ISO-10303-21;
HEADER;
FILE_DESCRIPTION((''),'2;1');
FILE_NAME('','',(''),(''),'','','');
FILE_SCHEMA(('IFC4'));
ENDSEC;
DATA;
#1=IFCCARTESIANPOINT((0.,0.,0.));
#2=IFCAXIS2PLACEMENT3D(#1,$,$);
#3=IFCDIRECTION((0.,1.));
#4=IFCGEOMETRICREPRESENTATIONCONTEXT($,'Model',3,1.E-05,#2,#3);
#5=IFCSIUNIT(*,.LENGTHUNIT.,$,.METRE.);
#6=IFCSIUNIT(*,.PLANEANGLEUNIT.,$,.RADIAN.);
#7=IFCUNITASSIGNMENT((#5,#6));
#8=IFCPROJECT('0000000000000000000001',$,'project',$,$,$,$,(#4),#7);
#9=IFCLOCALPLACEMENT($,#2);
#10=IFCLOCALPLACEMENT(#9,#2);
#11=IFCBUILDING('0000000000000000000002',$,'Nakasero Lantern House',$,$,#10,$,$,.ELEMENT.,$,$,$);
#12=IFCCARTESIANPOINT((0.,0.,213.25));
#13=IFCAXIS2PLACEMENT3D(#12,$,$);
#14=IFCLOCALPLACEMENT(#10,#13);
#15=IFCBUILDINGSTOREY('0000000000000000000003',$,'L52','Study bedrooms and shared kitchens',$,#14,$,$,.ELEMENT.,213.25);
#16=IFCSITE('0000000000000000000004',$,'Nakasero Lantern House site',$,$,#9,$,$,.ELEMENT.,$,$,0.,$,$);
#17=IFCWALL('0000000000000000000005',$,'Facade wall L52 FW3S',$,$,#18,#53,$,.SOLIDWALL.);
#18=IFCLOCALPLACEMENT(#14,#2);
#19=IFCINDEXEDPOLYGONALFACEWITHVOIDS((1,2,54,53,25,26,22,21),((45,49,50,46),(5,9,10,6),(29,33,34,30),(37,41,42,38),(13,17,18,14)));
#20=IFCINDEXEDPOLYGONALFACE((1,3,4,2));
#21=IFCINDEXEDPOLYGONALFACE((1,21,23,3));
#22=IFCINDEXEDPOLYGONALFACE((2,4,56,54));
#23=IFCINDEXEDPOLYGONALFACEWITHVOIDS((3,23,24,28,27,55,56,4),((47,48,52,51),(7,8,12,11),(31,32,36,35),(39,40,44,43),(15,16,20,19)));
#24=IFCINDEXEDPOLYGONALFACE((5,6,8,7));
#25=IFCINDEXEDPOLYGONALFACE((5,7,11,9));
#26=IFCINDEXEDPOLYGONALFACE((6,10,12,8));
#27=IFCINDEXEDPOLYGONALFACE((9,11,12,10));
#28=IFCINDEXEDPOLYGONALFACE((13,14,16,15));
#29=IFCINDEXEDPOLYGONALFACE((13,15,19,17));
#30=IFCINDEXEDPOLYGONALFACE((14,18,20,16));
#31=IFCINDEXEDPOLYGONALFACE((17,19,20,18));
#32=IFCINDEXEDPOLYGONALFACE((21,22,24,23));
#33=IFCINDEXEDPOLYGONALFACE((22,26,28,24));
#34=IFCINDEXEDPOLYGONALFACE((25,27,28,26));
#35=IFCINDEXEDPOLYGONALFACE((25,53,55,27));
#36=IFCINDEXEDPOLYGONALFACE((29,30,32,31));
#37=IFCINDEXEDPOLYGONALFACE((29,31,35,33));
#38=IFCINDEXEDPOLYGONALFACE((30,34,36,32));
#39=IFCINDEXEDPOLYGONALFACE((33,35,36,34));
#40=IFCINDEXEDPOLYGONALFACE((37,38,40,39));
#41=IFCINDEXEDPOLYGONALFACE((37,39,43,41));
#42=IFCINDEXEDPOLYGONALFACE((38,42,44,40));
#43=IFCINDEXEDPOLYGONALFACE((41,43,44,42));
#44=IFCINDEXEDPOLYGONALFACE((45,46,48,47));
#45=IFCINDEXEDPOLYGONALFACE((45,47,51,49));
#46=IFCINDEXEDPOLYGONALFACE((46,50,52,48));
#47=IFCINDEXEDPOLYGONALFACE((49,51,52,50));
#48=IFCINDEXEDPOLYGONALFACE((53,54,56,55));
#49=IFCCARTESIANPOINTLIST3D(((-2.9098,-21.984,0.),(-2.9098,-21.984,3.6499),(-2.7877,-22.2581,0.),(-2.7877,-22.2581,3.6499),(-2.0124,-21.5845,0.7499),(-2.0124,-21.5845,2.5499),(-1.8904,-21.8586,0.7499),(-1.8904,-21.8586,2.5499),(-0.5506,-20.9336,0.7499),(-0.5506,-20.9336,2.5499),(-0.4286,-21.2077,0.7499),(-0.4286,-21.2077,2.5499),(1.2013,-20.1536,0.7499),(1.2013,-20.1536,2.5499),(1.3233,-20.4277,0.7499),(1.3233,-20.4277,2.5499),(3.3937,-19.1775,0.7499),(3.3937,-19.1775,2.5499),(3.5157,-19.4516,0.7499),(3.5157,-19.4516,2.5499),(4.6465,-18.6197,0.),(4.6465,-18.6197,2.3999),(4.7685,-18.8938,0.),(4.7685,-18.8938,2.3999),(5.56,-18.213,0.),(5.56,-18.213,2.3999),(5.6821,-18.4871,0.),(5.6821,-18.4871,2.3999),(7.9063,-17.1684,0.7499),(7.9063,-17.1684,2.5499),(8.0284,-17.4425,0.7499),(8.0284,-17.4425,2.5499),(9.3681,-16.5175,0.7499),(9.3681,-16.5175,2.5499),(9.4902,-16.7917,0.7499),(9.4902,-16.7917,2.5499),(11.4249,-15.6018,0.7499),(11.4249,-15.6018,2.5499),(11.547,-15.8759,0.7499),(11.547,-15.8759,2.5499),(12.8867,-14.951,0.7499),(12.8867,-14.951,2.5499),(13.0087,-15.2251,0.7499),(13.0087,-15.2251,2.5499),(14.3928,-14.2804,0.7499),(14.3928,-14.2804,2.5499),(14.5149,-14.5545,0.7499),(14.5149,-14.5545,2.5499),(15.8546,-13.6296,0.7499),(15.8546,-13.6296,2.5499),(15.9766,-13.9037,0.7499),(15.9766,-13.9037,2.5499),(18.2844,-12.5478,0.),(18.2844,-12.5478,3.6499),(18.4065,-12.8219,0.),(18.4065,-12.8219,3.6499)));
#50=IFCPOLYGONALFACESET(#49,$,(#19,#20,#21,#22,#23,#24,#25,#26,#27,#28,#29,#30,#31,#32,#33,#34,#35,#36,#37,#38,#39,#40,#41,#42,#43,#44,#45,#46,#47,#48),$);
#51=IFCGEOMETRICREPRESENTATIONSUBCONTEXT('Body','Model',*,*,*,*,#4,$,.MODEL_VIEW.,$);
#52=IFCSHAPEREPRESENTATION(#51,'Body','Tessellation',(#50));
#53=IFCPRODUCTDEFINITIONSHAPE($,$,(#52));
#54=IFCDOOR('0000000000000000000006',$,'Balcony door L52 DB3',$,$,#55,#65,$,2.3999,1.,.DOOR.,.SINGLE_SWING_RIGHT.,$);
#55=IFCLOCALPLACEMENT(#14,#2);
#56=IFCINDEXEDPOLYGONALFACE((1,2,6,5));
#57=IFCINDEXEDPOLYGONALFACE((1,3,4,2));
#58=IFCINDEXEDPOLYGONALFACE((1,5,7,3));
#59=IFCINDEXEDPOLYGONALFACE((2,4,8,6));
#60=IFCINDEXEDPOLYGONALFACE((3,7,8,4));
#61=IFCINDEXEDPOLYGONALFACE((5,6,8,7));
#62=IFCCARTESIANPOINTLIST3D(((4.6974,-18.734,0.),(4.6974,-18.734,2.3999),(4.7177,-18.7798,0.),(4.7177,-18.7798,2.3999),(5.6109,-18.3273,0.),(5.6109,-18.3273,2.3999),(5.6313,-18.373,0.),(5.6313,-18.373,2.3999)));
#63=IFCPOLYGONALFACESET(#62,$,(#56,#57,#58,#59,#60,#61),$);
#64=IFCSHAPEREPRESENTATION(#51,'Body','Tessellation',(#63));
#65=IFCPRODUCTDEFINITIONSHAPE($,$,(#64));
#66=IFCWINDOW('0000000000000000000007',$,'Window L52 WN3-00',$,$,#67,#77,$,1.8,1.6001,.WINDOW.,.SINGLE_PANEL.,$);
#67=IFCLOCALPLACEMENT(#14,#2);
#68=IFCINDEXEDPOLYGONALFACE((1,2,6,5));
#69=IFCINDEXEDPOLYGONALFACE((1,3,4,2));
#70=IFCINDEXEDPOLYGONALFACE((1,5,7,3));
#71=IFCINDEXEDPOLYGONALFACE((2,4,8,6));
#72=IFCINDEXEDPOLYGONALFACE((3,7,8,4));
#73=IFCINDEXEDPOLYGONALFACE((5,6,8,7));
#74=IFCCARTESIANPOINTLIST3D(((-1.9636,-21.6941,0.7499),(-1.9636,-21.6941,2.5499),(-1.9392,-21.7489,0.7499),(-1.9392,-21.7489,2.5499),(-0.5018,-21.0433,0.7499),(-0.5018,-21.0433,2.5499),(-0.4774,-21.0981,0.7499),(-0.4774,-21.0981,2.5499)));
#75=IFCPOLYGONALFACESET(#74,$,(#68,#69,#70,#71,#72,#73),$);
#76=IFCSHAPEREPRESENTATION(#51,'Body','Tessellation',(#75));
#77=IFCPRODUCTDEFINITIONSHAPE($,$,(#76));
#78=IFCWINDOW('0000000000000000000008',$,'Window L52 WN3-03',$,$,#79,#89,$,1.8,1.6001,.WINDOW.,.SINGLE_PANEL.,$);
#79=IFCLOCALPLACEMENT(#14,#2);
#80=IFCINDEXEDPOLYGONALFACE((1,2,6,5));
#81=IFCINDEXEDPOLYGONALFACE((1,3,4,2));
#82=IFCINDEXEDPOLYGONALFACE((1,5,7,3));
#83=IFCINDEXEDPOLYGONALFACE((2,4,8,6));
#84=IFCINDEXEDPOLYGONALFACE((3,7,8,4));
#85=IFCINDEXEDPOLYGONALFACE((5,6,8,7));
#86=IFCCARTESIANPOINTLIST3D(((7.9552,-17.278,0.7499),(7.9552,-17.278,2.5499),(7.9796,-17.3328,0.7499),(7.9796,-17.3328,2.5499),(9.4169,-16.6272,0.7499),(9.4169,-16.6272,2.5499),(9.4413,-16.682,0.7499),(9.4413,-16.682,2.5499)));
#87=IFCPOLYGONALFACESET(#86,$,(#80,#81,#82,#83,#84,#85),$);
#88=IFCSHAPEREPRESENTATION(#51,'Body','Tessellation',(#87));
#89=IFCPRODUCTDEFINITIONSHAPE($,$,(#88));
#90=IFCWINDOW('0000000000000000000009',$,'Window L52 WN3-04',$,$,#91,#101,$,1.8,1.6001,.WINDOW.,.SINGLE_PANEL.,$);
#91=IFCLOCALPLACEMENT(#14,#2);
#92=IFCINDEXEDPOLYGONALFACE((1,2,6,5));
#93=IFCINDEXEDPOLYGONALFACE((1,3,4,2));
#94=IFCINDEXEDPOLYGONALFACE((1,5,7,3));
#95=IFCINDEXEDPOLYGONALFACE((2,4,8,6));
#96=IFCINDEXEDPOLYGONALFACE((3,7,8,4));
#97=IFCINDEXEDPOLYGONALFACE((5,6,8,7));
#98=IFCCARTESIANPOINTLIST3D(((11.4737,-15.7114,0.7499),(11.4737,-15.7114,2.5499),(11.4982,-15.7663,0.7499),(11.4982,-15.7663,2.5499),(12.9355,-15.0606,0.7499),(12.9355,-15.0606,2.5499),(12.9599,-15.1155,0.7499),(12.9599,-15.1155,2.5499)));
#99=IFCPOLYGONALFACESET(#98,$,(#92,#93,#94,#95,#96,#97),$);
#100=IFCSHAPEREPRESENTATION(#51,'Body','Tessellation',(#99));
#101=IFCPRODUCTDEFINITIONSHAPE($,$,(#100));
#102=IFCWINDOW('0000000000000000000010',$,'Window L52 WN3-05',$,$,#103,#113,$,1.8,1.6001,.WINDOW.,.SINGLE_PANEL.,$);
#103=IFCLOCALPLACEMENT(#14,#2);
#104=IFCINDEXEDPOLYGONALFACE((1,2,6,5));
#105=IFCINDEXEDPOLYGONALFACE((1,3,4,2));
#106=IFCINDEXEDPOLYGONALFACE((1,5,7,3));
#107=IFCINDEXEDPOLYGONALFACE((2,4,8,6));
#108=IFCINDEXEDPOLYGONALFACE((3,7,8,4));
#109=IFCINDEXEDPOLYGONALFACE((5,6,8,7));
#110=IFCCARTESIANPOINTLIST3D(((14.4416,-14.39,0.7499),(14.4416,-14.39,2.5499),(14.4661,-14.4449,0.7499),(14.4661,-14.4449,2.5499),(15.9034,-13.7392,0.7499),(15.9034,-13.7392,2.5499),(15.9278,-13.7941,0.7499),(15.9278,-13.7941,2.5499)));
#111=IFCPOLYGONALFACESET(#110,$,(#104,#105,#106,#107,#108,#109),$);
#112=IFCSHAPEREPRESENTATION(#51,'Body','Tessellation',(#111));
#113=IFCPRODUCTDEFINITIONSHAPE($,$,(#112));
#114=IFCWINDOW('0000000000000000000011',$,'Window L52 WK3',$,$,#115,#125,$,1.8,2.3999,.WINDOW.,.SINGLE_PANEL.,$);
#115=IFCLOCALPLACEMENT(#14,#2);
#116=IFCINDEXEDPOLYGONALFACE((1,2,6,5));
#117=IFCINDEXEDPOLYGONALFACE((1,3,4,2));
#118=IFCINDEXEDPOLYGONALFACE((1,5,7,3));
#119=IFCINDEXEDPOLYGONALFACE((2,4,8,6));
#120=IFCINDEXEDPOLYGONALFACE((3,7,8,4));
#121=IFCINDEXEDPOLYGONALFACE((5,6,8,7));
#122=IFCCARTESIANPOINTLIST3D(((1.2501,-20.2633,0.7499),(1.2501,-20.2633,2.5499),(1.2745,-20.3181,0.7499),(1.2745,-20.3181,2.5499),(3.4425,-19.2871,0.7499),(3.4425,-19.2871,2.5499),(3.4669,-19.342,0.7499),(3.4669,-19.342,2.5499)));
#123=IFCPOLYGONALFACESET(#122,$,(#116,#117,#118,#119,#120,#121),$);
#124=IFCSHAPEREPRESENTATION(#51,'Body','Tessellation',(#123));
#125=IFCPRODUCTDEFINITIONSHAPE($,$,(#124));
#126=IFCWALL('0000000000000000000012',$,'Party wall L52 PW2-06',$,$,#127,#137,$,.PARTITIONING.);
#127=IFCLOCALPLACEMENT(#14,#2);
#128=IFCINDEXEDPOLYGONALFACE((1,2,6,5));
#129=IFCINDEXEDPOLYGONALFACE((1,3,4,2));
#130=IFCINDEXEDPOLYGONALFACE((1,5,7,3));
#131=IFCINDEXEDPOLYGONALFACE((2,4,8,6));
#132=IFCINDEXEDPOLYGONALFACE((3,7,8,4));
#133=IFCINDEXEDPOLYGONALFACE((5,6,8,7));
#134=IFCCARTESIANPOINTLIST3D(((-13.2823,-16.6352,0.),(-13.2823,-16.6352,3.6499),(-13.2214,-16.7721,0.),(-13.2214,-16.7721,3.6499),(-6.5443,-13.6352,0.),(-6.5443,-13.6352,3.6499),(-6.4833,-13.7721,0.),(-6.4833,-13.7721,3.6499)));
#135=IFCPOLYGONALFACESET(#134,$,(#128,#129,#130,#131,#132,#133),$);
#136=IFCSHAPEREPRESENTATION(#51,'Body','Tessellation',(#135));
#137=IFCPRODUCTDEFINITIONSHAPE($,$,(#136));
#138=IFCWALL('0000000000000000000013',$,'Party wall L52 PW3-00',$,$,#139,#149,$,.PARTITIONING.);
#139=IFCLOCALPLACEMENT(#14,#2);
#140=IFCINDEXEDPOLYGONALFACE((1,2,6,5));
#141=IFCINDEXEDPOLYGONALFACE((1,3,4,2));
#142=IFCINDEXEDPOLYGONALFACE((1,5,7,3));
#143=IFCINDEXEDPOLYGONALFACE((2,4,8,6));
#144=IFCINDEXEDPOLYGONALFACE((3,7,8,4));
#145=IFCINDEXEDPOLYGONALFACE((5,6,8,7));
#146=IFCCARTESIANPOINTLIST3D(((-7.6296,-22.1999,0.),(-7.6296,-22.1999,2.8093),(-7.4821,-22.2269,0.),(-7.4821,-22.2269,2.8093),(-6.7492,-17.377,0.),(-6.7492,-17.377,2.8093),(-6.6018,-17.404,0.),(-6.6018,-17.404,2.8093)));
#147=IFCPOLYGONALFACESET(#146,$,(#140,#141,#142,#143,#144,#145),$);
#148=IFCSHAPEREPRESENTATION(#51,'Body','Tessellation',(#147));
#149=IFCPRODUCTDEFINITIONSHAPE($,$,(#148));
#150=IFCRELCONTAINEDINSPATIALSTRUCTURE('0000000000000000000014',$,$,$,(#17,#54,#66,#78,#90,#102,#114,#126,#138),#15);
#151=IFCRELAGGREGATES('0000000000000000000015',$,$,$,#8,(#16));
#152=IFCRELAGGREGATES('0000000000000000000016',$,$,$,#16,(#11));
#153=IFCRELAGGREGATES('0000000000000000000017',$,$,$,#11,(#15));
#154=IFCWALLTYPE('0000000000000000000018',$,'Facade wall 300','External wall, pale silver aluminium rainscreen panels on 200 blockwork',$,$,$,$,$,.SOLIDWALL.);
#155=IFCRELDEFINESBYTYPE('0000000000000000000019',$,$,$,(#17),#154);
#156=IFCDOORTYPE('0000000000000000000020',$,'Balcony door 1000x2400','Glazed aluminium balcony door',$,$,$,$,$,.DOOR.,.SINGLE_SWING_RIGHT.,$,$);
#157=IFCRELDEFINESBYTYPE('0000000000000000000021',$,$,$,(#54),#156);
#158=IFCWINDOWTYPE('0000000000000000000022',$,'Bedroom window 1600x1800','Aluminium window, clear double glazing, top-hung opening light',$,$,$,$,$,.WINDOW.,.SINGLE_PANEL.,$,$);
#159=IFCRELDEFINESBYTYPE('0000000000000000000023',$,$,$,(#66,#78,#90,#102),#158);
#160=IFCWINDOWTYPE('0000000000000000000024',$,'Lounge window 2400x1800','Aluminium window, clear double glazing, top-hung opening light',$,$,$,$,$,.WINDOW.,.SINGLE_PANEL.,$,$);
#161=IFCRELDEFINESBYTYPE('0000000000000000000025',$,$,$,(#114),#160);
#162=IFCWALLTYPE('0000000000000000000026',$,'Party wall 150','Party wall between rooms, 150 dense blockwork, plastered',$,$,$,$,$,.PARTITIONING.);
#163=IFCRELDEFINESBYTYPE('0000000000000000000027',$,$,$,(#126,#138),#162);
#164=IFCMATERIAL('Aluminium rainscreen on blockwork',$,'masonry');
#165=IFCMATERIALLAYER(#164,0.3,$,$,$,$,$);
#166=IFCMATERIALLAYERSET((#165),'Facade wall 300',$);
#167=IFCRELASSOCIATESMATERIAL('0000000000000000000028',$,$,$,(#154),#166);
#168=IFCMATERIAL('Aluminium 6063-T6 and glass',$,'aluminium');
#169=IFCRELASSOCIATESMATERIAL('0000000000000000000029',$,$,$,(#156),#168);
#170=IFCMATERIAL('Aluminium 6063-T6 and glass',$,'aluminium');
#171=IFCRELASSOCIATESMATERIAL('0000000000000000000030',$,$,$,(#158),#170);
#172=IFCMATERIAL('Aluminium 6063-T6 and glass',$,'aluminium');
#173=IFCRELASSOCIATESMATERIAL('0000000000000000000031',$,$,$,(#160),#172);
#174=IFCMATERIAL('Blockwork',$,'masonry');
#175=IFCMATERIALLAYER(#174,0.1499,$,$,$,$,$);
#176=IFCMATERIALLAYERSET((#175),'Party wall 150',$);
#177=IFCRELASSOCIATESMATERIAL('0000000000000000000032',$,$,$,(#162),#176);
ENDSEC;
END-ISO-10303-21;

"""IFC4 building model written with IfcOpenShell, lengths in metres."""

from ifc_helpers import new_model, si_unit, direction, frame, frame_2d, origin, place, context, subcontext, project, spatial, rectangle, extrude, material, layer, layer_set, type_object, element, fill, save


model = new_model("IFC4")

# Units and contexts
model_context = context("Model", 3, precision=1e-05, world=origin(), true_north=direction((0.0, 1.0)))
body_context = subcontext(model_context, "Body", "Model", "MODEL_VIEW")
ifc_project = project(units=[si_unit("LENGTHUNIT", "METRE"), si_unit("PLANEANGLEUNIT", "RADIAN")], contexts=[model_context])

# Site, building, storey
site_placement = place(None, origin())
site = spatial("IfcSite", under=ifc_project, at=site_placement, Name="Nakasero Lantern House site", CompositionType="ELEMENT", RefElevation=0.0)
building_placement = place(site_placement, origin())
building = spatial("IfcBuilding", under=site, at=building_placement, Name="Nakasero Lantern House", CompositionType="ELEMENT")
storey_placement = place(building_placement, frame((0.0, 0.0, 213.25)))
storey = spatial("IfcBuildingStorey", under=building, at=storey_placement, Name="L52", Description="Study bedrooms and shared kitchens", CompositionType="ELEMENT", Elevation=213.25)

# Shared definitions
ifc_material_1 = material(Name="Aluminium rainscreen on blockwork", Category="masonry")
ifc_layer_1 = layer(ifc_material_1, 0.3)
ifc_layer_set_1 = layer_set([ifc_layer_1], Name="Facade wall 300")
wall_type_1 = type_object("IfcWallType", Name="Facade wall 300", Description="External wall, pale silver aluminium rainscreen panels on 200 blockwork", PredefinedType="SOLIDWALL", material=ifc_layer_set_1)

# Wall, openings, door, windows
wall_1_placement = place(storey_placement, frame((-2.8489, -22.1211, 0.0), z_axis=(0.0, 0.0, 1.0), x_axis=(0.913546, 0.406735, 0.0)))
wall_1 = element("IfcWall", 1, at=wall_1_placement, inside=storey, type_object=wall_type_1, Name="Facade wall L52 FW3S", PredefinedType="SOLIDWALL", context=body_context, shape_type="SweptSolid", body=[
    extrude(rectangle(XDim=23.2, YDim=0.3, at=frame_2d((11.6001, 0.0))), origin(), (0.0, 0.0, 1.0), 3.6499),
])
opening_1_placement = place(wall_1_placement, frame((0.9824, 0.0, 0.75)))
opening_1 = element("IfcOpeningElement", 2, at=opening_1_placement, cuts=wall_1, PredefinedType="OPENING", context=body_context, shape_type="SweptSolid", body=[
    extrude(rectangle(XDim=1.6001, YDim=1.8, at=frame_2d((0.8, 0.8999))), frame((0.0, 0.1699, 0.0), z_axis=(0.0, -1.0, 0.0), x_axis=(1.0, 0.0, 0.0)), (0.0, 0.0, 1.0), 0.3401),
])
opening_2_placement = place(wall_1_placement, frame((11.8398, 0.0, 0.75)))
opening_2 = element("IfcOpeningElement", 3, at=opening_2_placement, cuts=wall_1, PredefinedType="OPENING", context=body_context, shape_type="SweptSolid", body=[
    extrude(rectangle(XDim=1.6001, YDim=1.8, at=frame_2d((0.8, 0.8999))), frame((0.0, 0.1699, 0.0), z_axis=(0.0, -1.0, 0.0), x_axis=(1.0, 0.0, 0.0)), (0.0, 0.0, 1.0), 0.3401),
])
opening_3_placement = place(wall_1_placement, frame((15.6914, 0.0, 0.75)))
opening_3 = element("IfcOpeningElement", 4, at=opening_3_placement, cuts=wall_1, PredefinedType="OPENING", context=body_context, shape_type="SweptSolid", body=[
    extrude(rectangle(XDim=1.6001, YDim=1.8, at=frame_2d((0.8, 0.8999))), frame((0.0, 0.1699, 0.0), z_axis=(0.0, -1.0, 0.0), x_axis=(1.0, 0.0, 0.0)), (0.0, 0.0, 1.0), 0.3401),
])
opening_4_placement = place(wall_1_placement, frame((18.9402, 0.0, 0.75)))
opening_4 = element("IfcOpeningElement", 5, at=opening_4_placement, cuts=wall_1, PredefinedType="OPENING", context=body_context, shape_type="SweptSolid", body=[
    extrude(rectangle(XDim=1.6001, YDim=1.8, at=frame_2d((0.8, 0.8999))), frame((0.0, 0.1699, 0.0), z_axis=(0.0, -1.0, 0.0), x_axis=(1.0, 0.0, 0.0)), (0.0, 0.0, 1.0), 0.3401),
])
opening_5_placement = place(wall_1_placement, frame((4.5002, 0.0, 0.75)))
opening_5 = element("IfcOpeningElement", 6, at=opening_5_placement, cuts=wall_1, PredefinedType="OPENING", context=body_context, shape_type="SweptSolid", body=[
    extrude(rectangle(XDim=2.3999, YDim=1.8, at=frame_2d((1.2, 0.8999))), frame((0.0, 0.1699, 0.0), z_axis=(0.0, -1.0, 0.0), x_axis=(1.0, 0.0, 0.0)), (0.0, 0.0, 1.0), 0.3401),
])
opening_6_placement = place(wall_1_placement, frame((8.2715, 0.0, 0.0)))
opening_6 = element("IfcOpeningElement", 7, at=opening_6_placement, cuts=wall_1, PredefinedType="OPENING", context=body_context, shape_type="SweptSolid", body=[
    extrude(rectangle(XDim=1.0, YDim=2.3999, at=frame_2d((0.5, 1.2))), frame((0.0, 0.1699, 0.0), z_axis=(0.0, -1.0, 0.0), x_axis=(1.0, 0.0, 0.0)), (0.0, 0.0, 1.0), 0.3401),
])
ifc_material_2 = material(Name="Aluminium 6063-T6 and glass", Category="aluminium")
door_type_1 = type_object("IfcDoorType", Name="Balcony door 1000x2400", Description="Glazed aluminium balcony door", OperationType="SINGLE_SWING_RIGHT", PredefinedType="DOOR", material=ifc_material_2)
door_1_placement = place(opening_6_placement, origin())
door_1 = element("IfcDoor", 8, at=door_1_placement, inside=storey, type_object=door_type_1, Name="Balcony door L52 DB3", OperationType="SINGLE_SWING_RIGHT", OverallHeight=2.3999, OverallWidth=1.0, PredefinedType="DOOR", context=body_context, shape_type="SweptSolid", body=[
    extrude(rectangle(XDim=1.0, YDim=2.3999, at=frame_2d((0.5, 1.2))), frame((0.0, 0.0249, 0.0), z_axis=(0.0, -1.0, 0.0), x_axis=(1.0, 0.0, 0.0)), (0.0, 0.0, 1.0), 0.05),
])
fill(opening_6, door_1)
ifc_material_3 = material(Name="Aluminium 6063-T6 and glass", Category="aluminium")
window_type_1 = type_object("IfcWindowType", Name="Bedroom window 1600x1800", Description="Aluminium window, clear double glazing, top-hung opening light", PartitioningType="SINGLE_PANEL", PredefinedType="WINDOW", material=ifc_material_3)
window_1_placement = place(opening_1_placement, origin())
window_1 = element("IfcWindow", 9, at=window_1_placement, inside=storey, type_object=window_type_1, Name="Window L52 WN3-00", OverallHeight=1.8, OverallWidth=1.6001, PartitioningType="SINGLE_PANEL", PredefinedType="WINDOW", context=body_context, shape_type="SweptSolid", body=[
    extrude(rectangle(XDim=1.6001, YDim=1.8, at=frame_2d((0.8, 0.8999))), frame((0.0, 0.03, 0.0), z_axis=(0.0, -1.0, 0.0), x_axis=(1.0, 0.0, 0.0)), (0.0, 0.0, 1.0), 0.0601),
])
fill(opening_1, window_1)
window_2_placement = place(opening_2_placement, origin())
window_2 = element("IfcWindow", 10, at=window_2_placement, inside=storey, type_object=window_type_1, Name="Window L52 WN3-03", OverallHeight=1.8, OverallWidth=1.6001, PartitioningType="SINGLE_PANEL", PredefinedType="WINDOW", context=body_context, shape_type="SweptSolid", body=[
    extrude(rectangle(XDim=1.6001, YDim=1.8, at=frame_2d((0.8, 0.8999))), frame((0.0, 0.03, 0.0), z_axis=(0.0, -1.0, 0.0), x_axis=(1.0, 0.0, 0.0)), (0.0, 0.0, 1.0), 0.0601),
])
fill(opening_2, window_2)
window_3_placement = place(opening_3_placement, origin())
window_3 = element("IfcWindow", 11, at=window_3_placement, inside=storey, type_object=window_type_1, Name="Window L52 WN3-04", OverallHeight=1.8, OverallWidth=1.6001, PartitioningType="SINGLE_PANEL", PredefinedType="WINDOW", context=body_context, shape_type="SweptSolid", body=[
    extrude(rectangle(XDim=1.6001, YDim=1.8, at=frame_2d((0.8, 0.8999))), frame((0.0, 0.03, 0.0), z_axis=(0.0, -1.0, 0.0), x_axis=(1.0, 0.0, 0.0)), (0.0, 0.0, 1.0), 0.0601),
])
fill(opening_3, window_3)
window_4_placement = place(opening_4_placement, origin())
window_4 = element("IfcWindow", 12, at=window_4_placement, inside=storey, type_object=window_type_1, Name="Window L52 WN3-05", OverallHeight=1.8, OverallWidth=1.6001, PartitioningType="SINGLE_PANEL", PredefinedType="WINDOW", context=body_context, shape_type="SweptSolid", body=[
    extrude(rectangle(XDim=1.6001, YDim=1.8, at=frame_2d((0.8, 0.8999))), frame((0.0, 0.03, 0.0), z_axis=(0.0, -1.0, 0.0), x_axis=(1.0, 0.0, 0.0)), (0.0, 0.0, 1.0), 0.0601),
])
fill(opening_4, window_4)
ifc_material_4 = material(Name="Aluminium 6063-T6 and glass", Category="aluminium")
window_type_2 = type_object("IfcWindowType", Name="Lounge window 2400x1800", Description="Aluminium window, clear double glazing, top-hung opening light", PartitioningType="SINGLE_PANEL", PredefinedType="WINDOW", material=ifc_material_4)
window_5_placement = place(opening_5_placement, origin())
window_5 = element("IfcWindow", 13, at=window_5_placement, inside=storey, type_object=window_type_2, Name="Window L52 WK3", OverallHeight=1.8, OverallWidth=2.3999, PartitioningType="SINGLE_PANEL", PredefinedType="WINDOW", context=body_context, shape_type="SweptSolid", body=[
    extrude(rectangle(XDim=2.3999, YDim=1.8, at=frame_2d((1.2, 0.8999))), frame((0.0, 0.03, 0.0), z_axis=(0.0, -1.0, 0.0), x_axis=(1.0, 0.0, 0.0)), (0.0, 0.0, 1.0), 0.0601),
])
fill(opening_5, window_5)

# Walls
ifc_material_5 = material(Name="Blockwork", Category="masonry")
ifc_layer_2 = layer(ifc_material_5, 0.1499)
ifc_layer_set_2 = layer_set([ifc_layer_2], Name="Party wall 150")
wall_type_2 = type_object("IfcWallType", Name="Party wall 150", Description="Party wall between rooms, 150 dense blockwork, plastered", PredefinedType="PARTITIONING", material=ifc_layer_set_2)
wall_2_placement = place(storey_placement, frame((-6.5137, -13.7036, 0.0), z_axis=(0.0, 0.0, 1.0), x_axis=(-0.913544, -0.40674, 0.0)))
element("IfcWall", 14, at=wall_2_placement, inside=storey, type_object=wall_type_2, Name="Party wall L52 PW2-06", PredefinedType="PARTITIONING", context=body_context, shape_type="SweptSolid", body=[
    extrude(rectangle(XDim=7.3757, YDim=0.1499, at=frame_2d((3.688, 0.0))), origin(), (0.0, 0.0, 1.0), 3.6499),
])
wall_3_placement = place(storey_placement, frame((-6.6755, -17.3906, 0.0), z_axis=(0.0, 0.0, 1.0), x_axis=(-0.179569, -0.983745, 0.0)))
element("IfcWall", 15, at=wall_3_placement, inside=storey, type_object=wall_type_2, Name="Party wall L52 PW3-00", PredefinedType="PARTITIONING", context=body_context, shape_type="SweptSolid", body=[
    extrude(rectangle(XDim=4.9026, YDim=0.1499, at=frame_2d((2.4512, 0.0))), origin(), (0.0, 0.0, 1.0), 2.8093),
])

save(model, "model.ifc")
